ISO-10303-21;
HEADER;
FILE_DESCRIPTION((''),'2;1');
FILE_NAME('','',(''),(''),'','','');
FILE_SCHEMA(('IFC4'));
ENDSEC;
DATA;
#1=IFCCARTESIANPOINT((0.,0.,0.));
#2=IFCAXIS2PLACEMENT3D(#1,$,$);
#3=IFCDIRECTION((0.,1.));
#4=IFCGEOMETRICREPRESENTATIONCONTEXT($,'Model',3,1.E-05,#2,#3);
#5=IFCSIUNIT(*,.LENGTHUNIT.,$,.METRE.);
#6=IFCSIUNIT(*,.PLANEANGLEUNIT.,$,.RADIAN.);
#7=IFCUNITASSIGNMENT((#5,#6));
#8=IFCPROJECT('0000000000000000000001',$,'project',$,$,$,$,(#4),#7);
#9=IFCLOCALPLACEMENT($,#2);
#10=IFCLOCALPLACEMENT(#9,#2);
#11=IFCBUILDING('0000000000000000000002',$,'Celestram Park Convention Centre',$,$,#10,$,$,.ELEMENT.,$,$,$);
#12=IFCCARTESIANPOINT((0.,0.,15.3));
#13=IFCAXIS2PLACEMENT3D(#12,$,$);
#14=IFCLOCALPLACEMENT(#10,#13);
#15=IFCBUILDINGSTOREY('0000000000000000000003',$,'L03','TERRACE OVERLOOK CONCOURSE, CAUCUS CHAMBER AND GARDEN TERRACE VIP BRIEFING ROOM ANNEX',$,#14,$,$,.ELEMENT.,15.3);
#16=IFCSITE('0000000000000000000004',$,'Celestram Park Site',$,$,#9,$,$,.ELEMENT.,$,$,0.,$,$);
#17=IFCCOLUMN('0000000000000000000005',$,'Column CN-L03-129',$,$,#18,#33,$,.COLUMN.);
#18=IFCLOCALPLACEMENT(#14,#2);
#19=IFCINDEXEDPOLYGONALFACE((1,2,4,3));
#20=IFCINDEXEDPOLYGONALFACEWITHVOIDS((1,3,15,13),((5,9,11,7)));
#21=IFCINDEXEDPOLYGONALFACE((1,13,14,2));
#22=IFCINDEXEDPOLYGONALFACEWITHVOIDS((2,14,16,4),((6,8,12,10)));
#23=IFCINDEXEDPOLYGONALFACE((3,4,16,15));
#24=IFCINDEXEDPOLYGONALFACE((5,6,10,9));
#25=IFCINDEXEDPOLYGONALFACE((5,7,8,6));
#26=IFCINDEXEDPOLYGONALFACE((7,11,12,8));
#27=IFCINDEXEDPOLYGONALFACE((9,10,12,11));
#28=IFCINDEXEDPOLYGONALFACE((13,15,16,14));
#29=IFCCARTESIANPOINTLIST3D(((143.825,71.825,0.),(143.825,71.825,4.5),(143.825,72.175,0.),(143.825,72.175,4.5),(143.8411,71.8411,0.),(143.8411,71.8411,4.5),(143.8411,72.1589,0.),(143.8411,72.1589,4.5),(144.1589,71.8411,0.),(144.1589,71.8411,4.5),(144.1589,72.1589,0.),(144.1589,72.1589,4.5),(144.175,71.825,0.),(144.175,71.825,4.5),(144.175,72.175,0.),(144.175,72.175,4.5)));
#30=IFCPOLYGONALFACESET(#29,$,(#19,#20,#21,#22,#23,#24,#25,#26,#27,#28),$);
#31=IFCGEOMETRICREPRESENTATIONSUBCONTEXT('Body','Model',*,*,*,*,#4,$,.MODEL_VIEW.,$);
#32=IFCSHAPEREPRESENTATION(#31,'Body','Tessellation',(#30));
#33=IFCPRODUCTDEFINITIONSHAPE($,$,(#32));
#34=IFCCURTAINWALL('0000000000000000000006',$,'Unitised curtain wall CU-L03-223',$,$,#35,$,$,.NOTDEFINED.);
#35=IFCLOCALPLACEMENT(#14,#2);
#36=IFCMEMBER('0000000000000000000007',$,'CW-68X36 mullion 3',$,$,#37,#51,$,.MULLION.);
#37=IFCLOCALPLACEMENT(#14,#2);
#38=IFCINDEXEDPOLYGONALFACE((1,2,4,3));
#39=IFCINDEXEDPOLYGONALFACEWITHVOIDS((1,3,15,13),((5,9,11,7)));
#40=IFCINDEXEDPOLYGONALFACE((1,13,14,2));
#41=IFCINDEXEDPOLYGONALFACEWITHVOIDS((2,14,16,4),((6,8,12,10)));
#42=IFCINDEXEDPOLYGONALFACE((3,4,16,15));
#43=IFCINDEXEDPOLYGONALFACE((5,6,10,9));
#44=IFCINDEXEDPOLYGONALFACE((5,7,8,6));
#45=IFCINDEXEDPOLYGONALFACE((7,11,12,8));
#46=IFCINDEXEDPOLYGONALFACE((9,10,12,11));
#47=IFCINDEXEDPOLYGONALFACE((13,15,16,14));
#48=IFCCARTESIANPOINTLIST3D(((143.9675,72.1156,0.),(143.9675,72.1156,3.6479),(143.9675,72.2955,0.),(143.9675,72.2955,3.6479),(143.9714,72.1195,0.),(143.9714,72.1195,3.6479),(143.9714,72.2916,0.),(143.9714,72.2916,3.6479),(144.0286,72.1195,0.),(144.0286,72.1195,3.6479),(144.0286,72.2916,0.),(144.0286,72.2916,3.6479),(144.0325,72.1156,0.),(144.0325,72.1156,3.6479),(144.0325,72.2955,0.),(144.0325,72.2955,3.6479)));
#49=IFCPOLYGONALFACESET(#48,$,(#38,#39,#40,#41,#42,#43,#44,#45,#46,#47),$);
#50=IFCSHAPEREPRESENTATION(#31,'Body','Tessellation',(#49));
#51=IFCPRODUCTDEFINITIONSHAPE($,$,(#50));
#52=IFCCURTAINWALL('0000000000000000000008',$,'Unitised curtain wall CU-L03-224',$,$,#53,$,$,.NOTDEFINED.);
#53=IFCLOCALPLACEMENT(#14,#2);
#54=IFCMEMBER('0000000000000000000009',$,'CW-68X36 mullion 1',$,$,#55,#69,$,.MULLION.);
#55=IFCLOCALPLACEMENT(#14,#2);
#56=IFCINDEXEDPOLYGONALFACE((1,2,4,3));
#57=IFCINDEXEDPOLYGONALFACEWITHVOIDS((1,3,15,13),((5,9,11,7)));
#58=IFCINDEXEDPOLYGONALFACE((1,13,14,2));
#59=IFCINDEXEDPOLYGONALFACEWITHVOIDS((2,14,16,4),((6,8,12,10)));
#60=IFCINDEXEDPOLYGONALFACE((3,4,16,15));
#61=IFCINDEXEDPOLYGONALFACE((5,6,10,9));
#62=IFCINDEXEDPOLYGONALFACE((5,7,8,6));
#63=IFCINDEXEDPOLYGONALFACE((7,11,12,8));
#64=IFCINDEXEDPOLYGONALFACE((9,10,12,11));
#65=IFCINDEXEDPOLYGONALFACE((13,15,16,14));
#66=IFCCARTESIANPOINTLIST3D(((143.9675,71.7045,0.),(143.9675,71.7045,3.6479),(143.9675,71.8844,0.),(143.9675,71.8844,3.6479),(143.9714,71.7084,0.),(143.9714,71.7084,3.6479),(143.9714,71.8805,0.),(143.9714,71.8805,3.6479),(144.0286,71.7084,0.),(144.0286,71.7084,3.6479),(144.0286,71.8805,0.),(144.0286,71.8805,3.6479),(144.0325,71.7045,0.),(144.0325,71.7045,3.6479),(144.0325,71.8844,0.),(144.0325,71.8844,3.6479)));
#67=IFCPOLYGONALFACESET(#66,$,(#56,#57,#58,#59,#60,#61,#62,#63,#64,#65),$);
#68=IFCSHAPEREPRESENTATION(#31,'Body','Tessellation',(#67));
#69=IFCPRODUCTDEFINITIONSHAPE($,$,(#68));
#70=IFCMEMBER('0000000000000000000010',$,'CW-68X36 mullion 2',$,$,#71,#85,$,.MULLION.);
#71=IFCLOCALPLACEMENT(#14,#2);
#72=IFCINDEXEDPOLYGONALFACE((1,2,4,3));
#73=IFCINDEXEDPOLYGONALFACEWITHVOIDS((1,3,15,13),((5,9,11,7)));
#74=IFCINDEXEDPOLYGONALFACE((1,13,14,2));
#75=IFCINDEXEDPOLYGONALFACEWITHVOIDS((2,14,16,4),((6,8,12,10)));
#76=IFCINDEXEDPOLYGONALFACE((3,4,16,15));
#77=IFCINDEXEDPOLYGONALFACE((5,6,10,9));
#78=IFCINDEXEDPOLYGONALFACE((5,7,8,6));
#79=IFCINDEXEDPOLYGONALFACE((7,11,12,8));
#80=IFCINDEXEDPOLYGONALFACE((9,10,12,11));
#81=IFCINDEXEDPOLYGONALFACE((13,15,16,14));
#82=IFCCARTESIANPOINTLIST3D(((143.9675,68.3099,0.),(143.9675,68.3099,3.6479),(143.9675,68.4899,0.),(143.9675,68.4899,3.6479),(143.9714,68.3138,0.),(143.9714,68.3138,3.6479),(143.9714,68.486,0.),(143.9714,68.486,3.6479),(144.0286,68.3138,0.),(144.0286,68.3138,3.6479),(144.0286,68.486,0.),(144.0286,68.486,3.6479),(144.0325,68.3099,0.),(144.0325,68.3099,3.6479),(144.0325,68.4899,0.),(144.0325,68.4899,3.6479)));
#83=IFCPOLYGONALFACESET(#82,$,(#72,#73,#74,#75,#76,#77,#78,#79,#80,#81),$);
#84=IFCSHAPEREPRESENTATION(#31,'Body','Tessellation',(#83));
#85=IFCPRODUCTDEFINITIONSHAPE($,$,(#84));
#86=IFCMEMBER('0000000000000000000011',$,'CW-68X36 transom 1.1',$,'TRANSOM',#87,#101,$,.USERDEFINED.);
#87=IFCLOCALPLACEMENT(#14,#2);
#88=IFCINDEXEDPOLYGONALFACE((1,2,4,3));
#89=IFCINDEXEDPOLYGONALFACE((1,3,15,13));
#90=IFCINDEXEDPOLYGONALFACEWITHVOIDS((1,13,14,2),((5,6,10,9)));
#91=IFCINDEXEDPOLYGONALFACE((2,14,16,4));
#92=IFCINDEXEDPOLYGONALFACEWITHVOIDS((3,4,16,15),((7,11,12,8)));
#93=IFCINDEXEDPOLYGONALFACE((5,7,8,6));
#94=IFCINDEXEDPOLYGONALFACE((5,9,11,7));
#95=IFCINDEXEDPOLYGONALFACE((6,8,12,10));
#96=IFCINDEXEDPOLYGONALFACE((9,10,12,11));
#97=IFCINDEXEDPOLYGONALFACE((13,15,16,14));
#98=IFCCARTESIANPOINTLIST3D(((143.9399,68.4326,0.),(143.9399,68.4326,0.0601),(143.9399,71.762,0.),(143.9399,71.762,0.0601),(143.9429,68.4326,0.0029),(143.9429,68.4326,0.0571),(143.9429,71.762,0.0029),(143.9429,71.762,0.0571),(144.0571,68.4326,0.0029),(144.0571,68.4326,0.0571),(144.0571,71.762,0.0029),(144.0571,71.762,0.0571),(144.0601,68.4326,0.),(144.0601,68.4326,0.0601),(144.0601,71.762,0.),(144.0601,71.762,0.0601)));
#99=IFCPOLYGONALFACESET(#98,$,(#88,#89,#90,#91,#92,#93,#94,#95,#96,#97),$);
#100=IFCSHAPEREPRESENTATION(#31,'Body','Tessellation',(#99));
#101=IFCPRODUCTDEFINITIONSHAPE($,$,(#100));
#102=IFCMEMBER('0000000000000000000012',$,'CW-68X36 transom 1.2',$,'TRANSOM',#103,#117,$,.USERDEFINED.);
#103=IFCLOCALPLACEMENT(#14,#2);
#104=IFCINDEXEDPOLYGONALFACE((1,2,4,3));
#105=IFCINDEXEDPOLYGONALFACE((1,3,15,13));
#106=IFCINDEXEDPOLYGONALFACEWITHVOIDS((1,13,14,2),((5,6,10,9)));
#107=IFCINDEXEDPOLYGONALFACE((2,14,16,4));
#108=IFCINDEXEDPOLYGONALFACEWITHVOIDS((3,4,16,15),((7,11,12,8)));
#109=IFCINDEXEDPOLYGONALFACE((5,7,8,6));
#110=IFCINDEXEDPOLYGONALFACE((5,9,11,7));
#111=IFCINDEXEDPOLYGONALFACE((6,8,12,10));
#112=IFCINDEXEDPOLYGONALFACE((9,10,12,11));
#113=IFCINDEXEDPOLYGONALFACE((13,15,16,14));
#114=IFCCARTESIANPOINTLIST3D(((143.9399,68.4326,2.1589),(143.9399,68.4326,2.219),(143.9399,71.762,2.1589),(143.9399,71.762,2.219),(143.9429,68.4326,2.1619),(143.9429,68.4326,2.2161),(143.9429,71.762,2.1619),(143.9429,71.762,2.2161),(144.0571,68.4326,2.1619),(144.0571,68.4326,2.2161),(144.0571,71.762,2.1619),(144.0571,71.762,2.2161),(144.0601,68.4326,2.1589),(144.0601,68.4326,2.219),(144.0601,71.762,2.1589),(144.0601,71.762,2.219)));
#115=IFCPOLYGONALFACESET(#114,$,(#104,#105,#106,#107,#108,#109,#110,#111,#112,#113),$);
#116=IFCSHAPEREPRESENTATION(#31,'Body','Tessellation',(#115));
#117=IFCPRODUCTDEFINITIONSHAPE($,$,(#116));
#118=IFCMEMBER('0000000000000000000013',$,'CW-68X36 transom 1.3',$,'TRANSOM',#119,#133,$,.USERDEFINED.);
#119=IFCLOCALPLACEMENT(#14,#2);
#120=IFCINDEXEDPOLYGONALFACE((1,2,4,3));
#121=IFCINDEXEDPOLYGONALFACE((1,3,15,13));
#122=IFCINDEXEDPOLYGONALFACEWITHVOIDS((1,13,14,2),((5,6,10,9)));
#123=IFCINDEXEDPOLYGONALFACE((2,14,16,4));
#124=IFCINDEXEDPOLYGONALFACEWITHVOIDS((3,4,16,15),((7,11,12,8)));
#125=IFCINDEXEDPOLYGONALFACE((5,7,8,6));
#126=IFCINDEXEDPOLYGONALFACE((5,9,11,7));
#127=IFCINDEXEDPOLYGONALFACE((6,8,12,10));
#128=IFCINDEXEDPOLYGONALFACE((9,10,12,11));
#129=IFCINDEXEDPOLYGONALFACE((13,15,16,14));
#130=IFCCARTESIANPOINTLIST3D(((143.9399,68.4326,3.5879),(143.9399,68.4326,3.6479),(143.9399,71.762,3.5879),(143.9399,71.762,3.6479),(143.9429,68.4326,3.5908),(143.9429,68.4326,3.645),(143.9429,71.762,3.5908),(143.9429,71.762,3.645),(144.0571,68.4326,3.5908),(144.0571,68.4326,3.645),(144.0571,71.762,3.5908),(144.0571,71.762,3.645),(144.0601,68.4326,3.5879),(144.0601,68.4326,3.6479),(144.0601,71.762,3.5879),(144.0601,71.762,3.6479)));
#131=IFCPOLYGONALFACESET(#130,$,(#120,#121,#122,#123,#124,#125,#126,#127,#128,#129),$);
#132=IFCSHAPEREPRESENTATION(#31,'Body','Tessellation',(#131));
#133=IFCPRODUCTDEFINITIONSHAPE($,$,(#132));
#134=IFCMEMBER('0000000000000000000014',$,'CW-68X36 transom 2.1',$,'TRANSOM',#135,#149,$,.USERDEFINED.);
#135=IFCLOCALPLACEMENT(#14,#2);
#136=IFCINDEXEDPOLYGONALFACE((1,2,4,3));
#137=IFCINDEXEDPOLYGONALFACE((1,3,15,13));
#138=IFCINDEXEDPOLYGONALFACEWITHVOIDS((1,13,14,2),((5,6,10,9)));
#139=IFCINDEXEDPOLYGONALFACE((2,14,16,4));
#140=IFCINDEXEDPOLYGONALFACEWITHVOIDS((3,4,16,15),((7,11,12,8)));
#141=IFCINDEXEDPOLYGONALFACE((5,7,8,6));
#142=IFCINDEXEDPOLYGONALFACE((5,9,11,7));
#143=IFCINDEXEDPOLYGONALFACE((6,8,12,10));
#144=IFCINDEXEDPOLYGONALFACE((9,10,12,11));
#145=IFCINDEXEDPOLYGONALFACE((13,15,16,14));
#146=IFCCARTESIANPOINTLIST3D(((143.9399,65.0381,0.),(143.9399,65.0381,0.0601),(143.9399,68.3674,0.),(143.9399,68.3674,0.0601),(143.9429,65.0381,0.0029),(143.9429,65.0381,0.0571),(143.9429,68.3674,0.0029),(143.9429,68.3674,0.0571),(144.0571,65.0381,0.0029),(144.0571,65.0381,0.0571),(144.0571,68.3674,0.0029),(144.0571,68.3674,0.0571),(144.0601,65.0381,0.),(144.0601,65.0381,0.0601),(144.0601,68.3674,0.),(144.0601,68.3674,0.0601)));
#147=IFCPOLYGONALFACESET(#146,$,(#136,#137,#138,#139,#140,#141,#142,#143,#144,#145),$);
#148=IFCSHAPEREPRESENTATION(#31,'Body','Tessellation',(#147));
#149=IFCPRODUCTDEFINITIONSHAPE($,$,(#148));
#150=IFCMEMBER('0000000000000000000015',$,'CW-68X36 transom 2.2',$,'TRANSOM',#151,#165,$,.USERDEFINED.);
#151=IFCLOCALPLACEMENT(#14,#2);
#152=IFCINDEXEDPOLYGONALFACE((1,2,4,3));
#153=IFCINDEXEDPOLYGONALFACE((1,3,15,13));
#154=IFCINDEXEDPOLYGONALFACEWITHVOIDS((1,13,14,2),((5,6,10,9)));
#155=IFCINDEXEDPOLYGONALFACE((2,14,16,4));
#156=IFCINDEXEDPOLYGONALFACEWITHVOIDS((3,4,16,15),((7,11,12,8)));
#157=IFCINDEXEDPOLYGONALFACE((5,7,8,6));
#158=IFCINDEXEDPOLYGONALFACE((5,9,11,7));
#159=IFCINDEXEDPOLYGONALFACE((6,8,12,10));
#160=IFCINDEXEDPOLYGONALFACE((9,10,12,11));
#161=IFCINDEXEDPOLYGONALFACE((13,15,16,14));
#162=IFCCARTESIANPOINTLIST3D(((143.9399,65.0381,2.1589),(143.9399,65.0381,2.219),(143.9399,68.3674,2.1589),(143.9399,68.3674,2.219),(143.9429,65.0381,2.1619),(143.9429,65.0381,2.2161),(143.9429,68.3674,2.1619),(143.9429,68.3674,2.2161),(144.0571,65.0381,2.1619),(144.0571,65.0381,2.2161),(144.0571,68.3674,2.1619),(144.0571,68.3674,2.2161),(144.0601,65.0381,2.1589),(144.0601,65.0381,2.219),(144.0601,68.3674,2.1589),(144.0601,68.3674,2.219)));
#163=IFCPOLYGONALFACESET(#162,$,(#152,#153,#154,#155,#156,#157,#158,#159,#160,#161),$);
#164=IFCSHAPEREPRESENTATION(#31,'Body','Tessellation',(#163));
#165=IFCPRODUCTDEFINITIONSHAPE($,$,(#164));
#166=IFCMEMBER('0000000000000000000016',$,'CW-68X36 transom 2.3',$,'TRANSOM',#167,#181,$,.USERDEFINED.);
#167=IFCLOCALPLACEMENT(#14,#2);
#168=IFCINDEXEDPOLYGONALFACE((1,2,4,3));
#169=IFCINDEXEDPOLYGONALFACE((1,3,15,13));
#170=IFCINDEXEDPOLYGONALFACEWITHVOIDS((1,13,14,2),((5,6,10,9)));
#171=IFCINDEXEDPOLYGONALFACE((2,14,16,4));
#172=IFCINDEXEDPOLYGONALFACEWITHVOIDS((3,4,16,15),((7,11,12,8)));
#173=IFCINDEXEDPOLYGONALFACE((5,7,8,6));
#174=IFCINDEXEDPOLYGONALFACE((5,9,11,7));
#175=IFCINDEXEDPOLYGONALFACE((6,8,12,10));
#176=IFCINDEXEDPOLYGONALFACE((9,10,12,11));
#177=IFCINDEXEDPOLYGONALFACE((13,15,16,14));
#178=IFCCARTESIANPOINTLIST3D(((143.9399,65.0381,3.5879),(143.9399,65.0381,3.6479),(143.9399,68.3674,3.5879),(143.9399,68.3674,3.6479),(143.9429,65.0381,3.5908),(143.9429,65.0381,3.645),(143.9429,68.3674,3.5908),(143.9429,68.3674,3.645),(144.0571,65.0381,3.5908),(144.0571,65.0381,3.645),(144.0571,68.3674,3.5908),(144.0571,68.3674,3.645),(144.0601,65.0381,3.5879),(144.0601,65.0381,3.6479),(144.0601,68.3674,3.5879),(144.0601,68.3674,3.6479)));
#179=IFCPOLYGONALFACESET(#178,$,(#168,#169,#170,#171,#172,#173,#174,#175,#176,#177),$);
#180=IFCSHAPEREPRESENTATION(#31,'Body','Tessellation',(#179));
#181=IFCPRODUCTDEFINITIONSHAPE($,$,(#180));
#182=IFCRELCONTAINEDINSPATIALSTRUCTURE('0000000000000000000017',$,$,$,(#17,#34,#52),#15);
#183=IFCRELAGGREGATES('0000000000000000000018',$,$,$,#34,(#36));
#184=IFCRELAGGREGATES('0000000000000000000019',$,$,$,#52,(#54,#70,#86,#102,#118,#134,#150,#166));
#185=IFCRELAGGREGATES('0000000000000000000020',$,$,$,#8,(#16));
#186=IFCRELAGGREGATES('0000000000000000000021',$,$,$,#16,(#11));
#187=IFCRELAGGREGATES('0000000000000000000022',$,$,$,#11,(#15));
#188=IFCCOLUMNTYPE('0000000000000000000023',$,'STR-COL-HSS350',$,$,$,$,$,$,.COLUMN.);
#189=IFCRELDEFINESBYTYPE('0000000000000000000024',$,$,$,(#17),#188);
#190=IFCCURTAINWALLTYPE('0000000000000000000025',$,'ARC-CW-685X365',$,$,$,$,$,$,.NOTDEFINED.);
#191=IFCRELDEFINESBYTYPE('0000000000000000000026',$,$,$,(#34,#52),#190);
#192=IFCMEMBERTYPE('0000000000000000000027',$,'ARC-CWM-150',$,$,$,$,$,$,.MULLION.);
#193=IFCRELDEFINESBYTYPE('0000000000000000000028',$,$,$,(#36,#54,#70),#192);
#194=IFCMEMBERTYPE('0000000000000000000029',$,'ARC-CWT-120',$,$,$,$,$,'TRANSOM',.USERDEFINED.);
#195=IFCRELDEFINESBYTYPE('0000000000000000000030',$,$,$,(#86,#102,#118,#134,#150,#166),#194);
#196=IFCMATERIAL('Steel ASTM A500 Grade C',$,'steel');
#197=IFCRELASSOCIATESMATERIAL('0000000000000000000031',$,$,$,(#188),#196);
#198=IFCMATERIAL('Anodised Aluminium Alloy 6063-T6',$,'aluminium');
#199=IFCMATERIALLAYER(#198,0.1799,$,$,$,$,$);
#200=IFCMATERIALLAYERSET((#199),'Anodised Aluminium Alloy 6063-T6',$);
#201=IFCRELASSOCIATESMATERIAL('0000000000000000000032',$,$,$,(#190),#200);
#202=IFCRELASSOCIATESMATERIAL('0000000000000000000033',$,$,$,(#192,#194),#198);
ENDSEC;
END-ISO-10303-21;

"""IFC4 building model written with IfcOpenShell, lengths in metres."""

from ifc_helpers import new_model, si_unit, direction, frame, origin, origin_2d, place, context, subcontext, project, spatial, hollow_rectangle, extrude, material, layer, layer_set, material_profile, profile_set, type_object, element, aggregate, save


model = new_model("IFC4")

# Units and contexts
model_context = context("Model", 3, precision=1e-05, world=origin(), true_north=direction((0.0, 1.0)))
body_context = subcontext(model_context, "Body", "Model", "MODEL_VIEW")
ifc_project = project(units=[si_unit("LENGTHUNIT", "METRE"), si_unit("PLANEANGLEUNIT", "RADIAN")], contexts=[model_context])

# Site, building, storey
site_placement = place(None, origin())
site = spatial("IfcSite", under=ifc_project, at=site_placement, Name="Celestram Park Site", CompositionType="ELEMENT", RefElevation=0.0)
building_placement = place(site_placement, origin())
building = spatial("IfcBuilding", under=site, at=building_placement, Name="Celestram Park Convention Centre", CompositionType="ELEMENT")
storey_placement = place(building_placement, frame((0.0, 0.0, 15.3)))
storey = spatial("IfcBuildingStorey", under=building, at=storey_placement, Name="L03", Description="TERRACE OVERLOOK CONCOURSE, CAUCUS CHAMBER AND GARDEN TERRACE VIP BRIEFING ROOM ANNEX", CompositionType="ELEMENT", Elevation=15.3)

# Column
ifc_material_1 = material(Name="Steel ASTM A500 Grade C", Category="steel")
ifc_material_profile_1 = material_profile(ifc_material_1, hollow_rectangle(XDim=0.3501, YDim=0.3501, WallThickness=0.0161, at=origin_2d()), Name="HSS350X350X16")
ifc_profile_set_1 = profile_set([ifc_material_profile_1], Name="Steel ASTM A500 Grade C")
column_type = type_object("IfcColumnType", Name="STR-COL-HSS350", PredefinedType="COLUMN", material=ifc_profile_set_1)
column_placement = place(storey_placement, frame((144.0, 72.0, 0.0), z_axis=(0.0, 0.0, 1.0), x_axis=(1.0, 0.0, 0.0)))
element("IfcColumn", 1, at=column_placement, inside=storey, type_object=column_type, Name="Column CN-L03-129", PredefinedType="COLUMN", context=body_context, shape_type="SweptSolid", body=[
    extrude(hollow_rectangle(XDim=0.3501, YDim=0.3501, WallThickness=0.0161, at=origin_2d()), origin(), (0.0, 0.0, 1.0), 4.5),
])

# Curtain wall, member
ifc_material_2 = material(Name="Anodised Aluminium Alloy 6063-T6", Category="aluminium")
ifc_layer_1 = layer(ifc_material_2, 0.1799)
ifc_layer_set_1 = layer_set([ifc_layer_1], Name="Anodised Aluminium Alloy 6063-T6")
curtain_wall_type = type_object("IfcCurtainWallType", Name="ARC-CW-685X365", PredefinedType="NOTDEFINED", material=ifc_layer_set_1)
curtain_wall_1_placement = place(storey_placement, origin())
curtain_wall_1 = element("IfcCurtainWall", 2, at=curtain_wall_1_placement, inside=storey, type_object=curtain_wall_type, Name="Unitised curtain wall CU-L03-223", PredefinedType="NOTDEFINED")
ifc_material_profile_2 = material_profile(ifc_material_2, hollow_rectangle(XDim=0.0649, YDim=0.1799, WallThickness=0.0039, at=origin_2d()), Name="ALU65X180X4")
ifc_profile_set_2 = profile_set([ifc_material_profile_2], Name="Anodised Aluminium Alloy 6063-T6")
member_type_1 = type_object("IfcMemberType", Name="ARC-CWM-150", PredefinedType="MULLION", material=ifc_profile_set_2)
member_1_placement = place(storey_placement, frame((144.0, 72.2056, 0.0), z_axis=(0.0, 0.0, 1.0), x_axis=(1.0, 0.0, 0.0)))
member_1 = element("IfcMember", 3, at=member_1_placement, type_object=member_type_1, Name="CW-68X36 mullion 3", PredefinedType="MULLION", context=body_context, shape_type="SweptSolid", body=[
    extrude(hollow_rectangle(XDim=0.0649, YDim=0.1799, WallThickness=0.0039, at=origin_2d()), origin(), (0.0, 0.0, 1.0), 3.6479),
])

# Curtain wall, members
curtain_wall_2_placement = place(storey_placement, origin())
curtain_wall_2 = element("IfcCurtainWall", 4, at=curtain_wall_2_placement, inside=storey, type_object=curtain_wall_type, Name="Unitised curtain wall CU-L03-224", PredefinedType="NOTDEFINED")
member_2_placement = place(storey_placement, frame((144.0, 71.7944, 0.0), z_axis=(0.0, 0.0, 1.0), x_axis=(1.0, 0.0, 0.0)))
member_2 = element("IfcMember", 5, at=member_2_placement, type_object=member_type_1, Name="CW-68X36 mullion 1", PredefinedType="MULLION", context=body_context, shape_type="SweptSolid", body=[
    extrude(hollow_rectangle(XDim=0.0649, YDim=0.1799, WallThickness=0.0039, at=origin_2d()), origin(), (0.0, 0.0, 1.0), 3.6479),
])
member_3_placement = place(storey_placement, frame((144.0, 68.3999, 0.0), z_axis=(0.0, 0.0, 1.0), x_axis=(1.0, 0.0, 0.0)))
member_3 = element("IfcMember", 6, at=member_3_placement, type_object=member_type_1, Name="CW-68X36 mullion 2", PredefinedType="MULLION", context=body_context, shape_type="SweptSolid", body=[
    extrude(hollow_rectangle(XDim=0.0649, YDim=0.1799, WallThickness=0.0039, at=origin_2d()), origin(), (0.0, 0.0, 1.0), 3.6479),
])
ifc_material_profile_3 = material_profile(ifc_material_2, hollow_rectangle(XDim=0.1201, YDim=0.0601, WallThickness=0.0029, at=origin_2d()), Name="ALU120X60X3")
ifc_profile_set_3 = profile_set([ifc_material_profile_3], Name="Anodised Aluminium Alloy 6063-T6")
member_type_2 = type_object("IfcMemberType", Name="ARC-CWT-120", ElementType="TRANSOM", PredefinedType="USERDEFINED", material=ifc_profile_set_3)
member_4_placement = place(storey_placement, frame((144.0, 71.762, 0.03), z_axis=(0.0, -1.0, 0.0), x_axis=(1.0, 0.0, 0.0)))
member_4 = element("IfcMember", 7, at=member_4_placement, type_object=member_type_2, Name="CW-68X36 transom 1.1", ObjectType="TRANSOM", PredefinedType="USERDEFINED", context=body_context, shape_type="SweptSolid", body=[
    extrude(hollow_rectangle(XDim=0.1201, YDim=0.0601, WallThickness=0.0029, at=origin_2d()), origin(), (0.0, 0.0, 1.0), 3.3293),
])
member_5_placement = place(storey_placement, frame((144.0, 71.762, 2.189), z_axis=(0.0, -1.0, 0.0), x_axis=(1.0, 0.0, 0.0)))
member_5 = element("IfcMember", 8, at=member_5_placement, type_object=member_type_2, Name="CW-68X36 transom 1.2", ObjectType="TRANSOM", PredefinedType="USERDEFINED", context=body_context, shape_type="SweptSolid", body=[
    extrude(hollow_rectangle(XDim=0.1201, YDim=0.0601, WallThickness=0.0029, at=origin_2d()), origin(), (0.0, 0.0, 1.0), 3.3293),
])
member_6_placement = place(storey_placement, frame((144.0, 71.762, 3.6179), z_axis=(0.0, -1.0, 0.0), x_axis=(1.0, 0.0, 0.0)))
member_6 = element("IfcMember", 9, at=member_6_placement, type_object=member_type_2, Name="CW-68X36 transom 1.3", ObjectType="TRANSOM", PredefinedType="USERDEFINED", context=body_context, shape_type="SweptSolid", body=[
    extrude(hollow_rectangle(XDim=0.1201, YDim=0.0601, WallThickness=0.0029, at=origin_2d()), origin(), (0.0, 0.0, 1.0), 3.3293),
])
member_7_placement = place(storey_placement, frame((144.0, 68.3674, 0.03), z_axis=(0.0, -1.0, 0.0), x_axis=(1.0, 0.0, 0.0)))
member_7 = element("IfcMember", 10, at=member_7_placement, type_object=member_type_2, Name="CW-68X36 transom 2.1", ObjectType="TRANSOM", PredefinedType="USERDEFINED", context=body_context, shape_type="SweptSolid", body=[
    extrude(hollow_rectangle(XDim=0.1201, YDim=0.0601, WallThickness=0.0029, at=origin_2d()), origin(), (0.0, 0.0, 1.0), 3.3293),
])
member_8_placement = place(storey_placement, frame((144.0, 68.3674, 2.189), z_axis=(0.0, -1.0, 0.0), x_axis=(1.0, 0.0, 0.0)))
member_8 = element("IfcMember", 11, at=member_8_placement, type_object=member_type_2, Name="CW-68X36 transom 2.2", ObjectType="TRANSOM", PredefinedType="USERDEFINED", context=body_context, shape_type="SweptSolid", body=[
    extrude(hollow_rectangle(XDim=0.1201, YDim=0.0601, WallThickness=0.0029, at=origin_2d()), origin(), (0.0, 0.0, 1.0), 3.3293),
])
member_9_placement = place(storey_placement, frame((144.0, 68.3674, 3.6179), z_axis=(0.0, -1.0, 0.0), x_axis=(1.0, 0.0, 0.0)))
member_9 = element("IfcMember", 12, at=member_9_placement, type_object=member_type_2, Name="CW-68X36 transom 2.3", ObjectType="TRANSOM", PredefinedType="USERDEFINED", context=body_context, shape_type="SweptSolid", body=[
    extrude(hollow_rectangle(XDim=0.1201, YDim=0.0601, WallThickness=0.0029, at=origin_2d()), origin(), (0.0, 0.0, 1.0), 3.3293),
])

aggregate(curtain_wall_1, [member_1])
aggregate(curtain_wall_2, [member_2, member_3, member_4, member_5, member_6, member_7, member_8, member_9])

save(model, "model.ifc")
